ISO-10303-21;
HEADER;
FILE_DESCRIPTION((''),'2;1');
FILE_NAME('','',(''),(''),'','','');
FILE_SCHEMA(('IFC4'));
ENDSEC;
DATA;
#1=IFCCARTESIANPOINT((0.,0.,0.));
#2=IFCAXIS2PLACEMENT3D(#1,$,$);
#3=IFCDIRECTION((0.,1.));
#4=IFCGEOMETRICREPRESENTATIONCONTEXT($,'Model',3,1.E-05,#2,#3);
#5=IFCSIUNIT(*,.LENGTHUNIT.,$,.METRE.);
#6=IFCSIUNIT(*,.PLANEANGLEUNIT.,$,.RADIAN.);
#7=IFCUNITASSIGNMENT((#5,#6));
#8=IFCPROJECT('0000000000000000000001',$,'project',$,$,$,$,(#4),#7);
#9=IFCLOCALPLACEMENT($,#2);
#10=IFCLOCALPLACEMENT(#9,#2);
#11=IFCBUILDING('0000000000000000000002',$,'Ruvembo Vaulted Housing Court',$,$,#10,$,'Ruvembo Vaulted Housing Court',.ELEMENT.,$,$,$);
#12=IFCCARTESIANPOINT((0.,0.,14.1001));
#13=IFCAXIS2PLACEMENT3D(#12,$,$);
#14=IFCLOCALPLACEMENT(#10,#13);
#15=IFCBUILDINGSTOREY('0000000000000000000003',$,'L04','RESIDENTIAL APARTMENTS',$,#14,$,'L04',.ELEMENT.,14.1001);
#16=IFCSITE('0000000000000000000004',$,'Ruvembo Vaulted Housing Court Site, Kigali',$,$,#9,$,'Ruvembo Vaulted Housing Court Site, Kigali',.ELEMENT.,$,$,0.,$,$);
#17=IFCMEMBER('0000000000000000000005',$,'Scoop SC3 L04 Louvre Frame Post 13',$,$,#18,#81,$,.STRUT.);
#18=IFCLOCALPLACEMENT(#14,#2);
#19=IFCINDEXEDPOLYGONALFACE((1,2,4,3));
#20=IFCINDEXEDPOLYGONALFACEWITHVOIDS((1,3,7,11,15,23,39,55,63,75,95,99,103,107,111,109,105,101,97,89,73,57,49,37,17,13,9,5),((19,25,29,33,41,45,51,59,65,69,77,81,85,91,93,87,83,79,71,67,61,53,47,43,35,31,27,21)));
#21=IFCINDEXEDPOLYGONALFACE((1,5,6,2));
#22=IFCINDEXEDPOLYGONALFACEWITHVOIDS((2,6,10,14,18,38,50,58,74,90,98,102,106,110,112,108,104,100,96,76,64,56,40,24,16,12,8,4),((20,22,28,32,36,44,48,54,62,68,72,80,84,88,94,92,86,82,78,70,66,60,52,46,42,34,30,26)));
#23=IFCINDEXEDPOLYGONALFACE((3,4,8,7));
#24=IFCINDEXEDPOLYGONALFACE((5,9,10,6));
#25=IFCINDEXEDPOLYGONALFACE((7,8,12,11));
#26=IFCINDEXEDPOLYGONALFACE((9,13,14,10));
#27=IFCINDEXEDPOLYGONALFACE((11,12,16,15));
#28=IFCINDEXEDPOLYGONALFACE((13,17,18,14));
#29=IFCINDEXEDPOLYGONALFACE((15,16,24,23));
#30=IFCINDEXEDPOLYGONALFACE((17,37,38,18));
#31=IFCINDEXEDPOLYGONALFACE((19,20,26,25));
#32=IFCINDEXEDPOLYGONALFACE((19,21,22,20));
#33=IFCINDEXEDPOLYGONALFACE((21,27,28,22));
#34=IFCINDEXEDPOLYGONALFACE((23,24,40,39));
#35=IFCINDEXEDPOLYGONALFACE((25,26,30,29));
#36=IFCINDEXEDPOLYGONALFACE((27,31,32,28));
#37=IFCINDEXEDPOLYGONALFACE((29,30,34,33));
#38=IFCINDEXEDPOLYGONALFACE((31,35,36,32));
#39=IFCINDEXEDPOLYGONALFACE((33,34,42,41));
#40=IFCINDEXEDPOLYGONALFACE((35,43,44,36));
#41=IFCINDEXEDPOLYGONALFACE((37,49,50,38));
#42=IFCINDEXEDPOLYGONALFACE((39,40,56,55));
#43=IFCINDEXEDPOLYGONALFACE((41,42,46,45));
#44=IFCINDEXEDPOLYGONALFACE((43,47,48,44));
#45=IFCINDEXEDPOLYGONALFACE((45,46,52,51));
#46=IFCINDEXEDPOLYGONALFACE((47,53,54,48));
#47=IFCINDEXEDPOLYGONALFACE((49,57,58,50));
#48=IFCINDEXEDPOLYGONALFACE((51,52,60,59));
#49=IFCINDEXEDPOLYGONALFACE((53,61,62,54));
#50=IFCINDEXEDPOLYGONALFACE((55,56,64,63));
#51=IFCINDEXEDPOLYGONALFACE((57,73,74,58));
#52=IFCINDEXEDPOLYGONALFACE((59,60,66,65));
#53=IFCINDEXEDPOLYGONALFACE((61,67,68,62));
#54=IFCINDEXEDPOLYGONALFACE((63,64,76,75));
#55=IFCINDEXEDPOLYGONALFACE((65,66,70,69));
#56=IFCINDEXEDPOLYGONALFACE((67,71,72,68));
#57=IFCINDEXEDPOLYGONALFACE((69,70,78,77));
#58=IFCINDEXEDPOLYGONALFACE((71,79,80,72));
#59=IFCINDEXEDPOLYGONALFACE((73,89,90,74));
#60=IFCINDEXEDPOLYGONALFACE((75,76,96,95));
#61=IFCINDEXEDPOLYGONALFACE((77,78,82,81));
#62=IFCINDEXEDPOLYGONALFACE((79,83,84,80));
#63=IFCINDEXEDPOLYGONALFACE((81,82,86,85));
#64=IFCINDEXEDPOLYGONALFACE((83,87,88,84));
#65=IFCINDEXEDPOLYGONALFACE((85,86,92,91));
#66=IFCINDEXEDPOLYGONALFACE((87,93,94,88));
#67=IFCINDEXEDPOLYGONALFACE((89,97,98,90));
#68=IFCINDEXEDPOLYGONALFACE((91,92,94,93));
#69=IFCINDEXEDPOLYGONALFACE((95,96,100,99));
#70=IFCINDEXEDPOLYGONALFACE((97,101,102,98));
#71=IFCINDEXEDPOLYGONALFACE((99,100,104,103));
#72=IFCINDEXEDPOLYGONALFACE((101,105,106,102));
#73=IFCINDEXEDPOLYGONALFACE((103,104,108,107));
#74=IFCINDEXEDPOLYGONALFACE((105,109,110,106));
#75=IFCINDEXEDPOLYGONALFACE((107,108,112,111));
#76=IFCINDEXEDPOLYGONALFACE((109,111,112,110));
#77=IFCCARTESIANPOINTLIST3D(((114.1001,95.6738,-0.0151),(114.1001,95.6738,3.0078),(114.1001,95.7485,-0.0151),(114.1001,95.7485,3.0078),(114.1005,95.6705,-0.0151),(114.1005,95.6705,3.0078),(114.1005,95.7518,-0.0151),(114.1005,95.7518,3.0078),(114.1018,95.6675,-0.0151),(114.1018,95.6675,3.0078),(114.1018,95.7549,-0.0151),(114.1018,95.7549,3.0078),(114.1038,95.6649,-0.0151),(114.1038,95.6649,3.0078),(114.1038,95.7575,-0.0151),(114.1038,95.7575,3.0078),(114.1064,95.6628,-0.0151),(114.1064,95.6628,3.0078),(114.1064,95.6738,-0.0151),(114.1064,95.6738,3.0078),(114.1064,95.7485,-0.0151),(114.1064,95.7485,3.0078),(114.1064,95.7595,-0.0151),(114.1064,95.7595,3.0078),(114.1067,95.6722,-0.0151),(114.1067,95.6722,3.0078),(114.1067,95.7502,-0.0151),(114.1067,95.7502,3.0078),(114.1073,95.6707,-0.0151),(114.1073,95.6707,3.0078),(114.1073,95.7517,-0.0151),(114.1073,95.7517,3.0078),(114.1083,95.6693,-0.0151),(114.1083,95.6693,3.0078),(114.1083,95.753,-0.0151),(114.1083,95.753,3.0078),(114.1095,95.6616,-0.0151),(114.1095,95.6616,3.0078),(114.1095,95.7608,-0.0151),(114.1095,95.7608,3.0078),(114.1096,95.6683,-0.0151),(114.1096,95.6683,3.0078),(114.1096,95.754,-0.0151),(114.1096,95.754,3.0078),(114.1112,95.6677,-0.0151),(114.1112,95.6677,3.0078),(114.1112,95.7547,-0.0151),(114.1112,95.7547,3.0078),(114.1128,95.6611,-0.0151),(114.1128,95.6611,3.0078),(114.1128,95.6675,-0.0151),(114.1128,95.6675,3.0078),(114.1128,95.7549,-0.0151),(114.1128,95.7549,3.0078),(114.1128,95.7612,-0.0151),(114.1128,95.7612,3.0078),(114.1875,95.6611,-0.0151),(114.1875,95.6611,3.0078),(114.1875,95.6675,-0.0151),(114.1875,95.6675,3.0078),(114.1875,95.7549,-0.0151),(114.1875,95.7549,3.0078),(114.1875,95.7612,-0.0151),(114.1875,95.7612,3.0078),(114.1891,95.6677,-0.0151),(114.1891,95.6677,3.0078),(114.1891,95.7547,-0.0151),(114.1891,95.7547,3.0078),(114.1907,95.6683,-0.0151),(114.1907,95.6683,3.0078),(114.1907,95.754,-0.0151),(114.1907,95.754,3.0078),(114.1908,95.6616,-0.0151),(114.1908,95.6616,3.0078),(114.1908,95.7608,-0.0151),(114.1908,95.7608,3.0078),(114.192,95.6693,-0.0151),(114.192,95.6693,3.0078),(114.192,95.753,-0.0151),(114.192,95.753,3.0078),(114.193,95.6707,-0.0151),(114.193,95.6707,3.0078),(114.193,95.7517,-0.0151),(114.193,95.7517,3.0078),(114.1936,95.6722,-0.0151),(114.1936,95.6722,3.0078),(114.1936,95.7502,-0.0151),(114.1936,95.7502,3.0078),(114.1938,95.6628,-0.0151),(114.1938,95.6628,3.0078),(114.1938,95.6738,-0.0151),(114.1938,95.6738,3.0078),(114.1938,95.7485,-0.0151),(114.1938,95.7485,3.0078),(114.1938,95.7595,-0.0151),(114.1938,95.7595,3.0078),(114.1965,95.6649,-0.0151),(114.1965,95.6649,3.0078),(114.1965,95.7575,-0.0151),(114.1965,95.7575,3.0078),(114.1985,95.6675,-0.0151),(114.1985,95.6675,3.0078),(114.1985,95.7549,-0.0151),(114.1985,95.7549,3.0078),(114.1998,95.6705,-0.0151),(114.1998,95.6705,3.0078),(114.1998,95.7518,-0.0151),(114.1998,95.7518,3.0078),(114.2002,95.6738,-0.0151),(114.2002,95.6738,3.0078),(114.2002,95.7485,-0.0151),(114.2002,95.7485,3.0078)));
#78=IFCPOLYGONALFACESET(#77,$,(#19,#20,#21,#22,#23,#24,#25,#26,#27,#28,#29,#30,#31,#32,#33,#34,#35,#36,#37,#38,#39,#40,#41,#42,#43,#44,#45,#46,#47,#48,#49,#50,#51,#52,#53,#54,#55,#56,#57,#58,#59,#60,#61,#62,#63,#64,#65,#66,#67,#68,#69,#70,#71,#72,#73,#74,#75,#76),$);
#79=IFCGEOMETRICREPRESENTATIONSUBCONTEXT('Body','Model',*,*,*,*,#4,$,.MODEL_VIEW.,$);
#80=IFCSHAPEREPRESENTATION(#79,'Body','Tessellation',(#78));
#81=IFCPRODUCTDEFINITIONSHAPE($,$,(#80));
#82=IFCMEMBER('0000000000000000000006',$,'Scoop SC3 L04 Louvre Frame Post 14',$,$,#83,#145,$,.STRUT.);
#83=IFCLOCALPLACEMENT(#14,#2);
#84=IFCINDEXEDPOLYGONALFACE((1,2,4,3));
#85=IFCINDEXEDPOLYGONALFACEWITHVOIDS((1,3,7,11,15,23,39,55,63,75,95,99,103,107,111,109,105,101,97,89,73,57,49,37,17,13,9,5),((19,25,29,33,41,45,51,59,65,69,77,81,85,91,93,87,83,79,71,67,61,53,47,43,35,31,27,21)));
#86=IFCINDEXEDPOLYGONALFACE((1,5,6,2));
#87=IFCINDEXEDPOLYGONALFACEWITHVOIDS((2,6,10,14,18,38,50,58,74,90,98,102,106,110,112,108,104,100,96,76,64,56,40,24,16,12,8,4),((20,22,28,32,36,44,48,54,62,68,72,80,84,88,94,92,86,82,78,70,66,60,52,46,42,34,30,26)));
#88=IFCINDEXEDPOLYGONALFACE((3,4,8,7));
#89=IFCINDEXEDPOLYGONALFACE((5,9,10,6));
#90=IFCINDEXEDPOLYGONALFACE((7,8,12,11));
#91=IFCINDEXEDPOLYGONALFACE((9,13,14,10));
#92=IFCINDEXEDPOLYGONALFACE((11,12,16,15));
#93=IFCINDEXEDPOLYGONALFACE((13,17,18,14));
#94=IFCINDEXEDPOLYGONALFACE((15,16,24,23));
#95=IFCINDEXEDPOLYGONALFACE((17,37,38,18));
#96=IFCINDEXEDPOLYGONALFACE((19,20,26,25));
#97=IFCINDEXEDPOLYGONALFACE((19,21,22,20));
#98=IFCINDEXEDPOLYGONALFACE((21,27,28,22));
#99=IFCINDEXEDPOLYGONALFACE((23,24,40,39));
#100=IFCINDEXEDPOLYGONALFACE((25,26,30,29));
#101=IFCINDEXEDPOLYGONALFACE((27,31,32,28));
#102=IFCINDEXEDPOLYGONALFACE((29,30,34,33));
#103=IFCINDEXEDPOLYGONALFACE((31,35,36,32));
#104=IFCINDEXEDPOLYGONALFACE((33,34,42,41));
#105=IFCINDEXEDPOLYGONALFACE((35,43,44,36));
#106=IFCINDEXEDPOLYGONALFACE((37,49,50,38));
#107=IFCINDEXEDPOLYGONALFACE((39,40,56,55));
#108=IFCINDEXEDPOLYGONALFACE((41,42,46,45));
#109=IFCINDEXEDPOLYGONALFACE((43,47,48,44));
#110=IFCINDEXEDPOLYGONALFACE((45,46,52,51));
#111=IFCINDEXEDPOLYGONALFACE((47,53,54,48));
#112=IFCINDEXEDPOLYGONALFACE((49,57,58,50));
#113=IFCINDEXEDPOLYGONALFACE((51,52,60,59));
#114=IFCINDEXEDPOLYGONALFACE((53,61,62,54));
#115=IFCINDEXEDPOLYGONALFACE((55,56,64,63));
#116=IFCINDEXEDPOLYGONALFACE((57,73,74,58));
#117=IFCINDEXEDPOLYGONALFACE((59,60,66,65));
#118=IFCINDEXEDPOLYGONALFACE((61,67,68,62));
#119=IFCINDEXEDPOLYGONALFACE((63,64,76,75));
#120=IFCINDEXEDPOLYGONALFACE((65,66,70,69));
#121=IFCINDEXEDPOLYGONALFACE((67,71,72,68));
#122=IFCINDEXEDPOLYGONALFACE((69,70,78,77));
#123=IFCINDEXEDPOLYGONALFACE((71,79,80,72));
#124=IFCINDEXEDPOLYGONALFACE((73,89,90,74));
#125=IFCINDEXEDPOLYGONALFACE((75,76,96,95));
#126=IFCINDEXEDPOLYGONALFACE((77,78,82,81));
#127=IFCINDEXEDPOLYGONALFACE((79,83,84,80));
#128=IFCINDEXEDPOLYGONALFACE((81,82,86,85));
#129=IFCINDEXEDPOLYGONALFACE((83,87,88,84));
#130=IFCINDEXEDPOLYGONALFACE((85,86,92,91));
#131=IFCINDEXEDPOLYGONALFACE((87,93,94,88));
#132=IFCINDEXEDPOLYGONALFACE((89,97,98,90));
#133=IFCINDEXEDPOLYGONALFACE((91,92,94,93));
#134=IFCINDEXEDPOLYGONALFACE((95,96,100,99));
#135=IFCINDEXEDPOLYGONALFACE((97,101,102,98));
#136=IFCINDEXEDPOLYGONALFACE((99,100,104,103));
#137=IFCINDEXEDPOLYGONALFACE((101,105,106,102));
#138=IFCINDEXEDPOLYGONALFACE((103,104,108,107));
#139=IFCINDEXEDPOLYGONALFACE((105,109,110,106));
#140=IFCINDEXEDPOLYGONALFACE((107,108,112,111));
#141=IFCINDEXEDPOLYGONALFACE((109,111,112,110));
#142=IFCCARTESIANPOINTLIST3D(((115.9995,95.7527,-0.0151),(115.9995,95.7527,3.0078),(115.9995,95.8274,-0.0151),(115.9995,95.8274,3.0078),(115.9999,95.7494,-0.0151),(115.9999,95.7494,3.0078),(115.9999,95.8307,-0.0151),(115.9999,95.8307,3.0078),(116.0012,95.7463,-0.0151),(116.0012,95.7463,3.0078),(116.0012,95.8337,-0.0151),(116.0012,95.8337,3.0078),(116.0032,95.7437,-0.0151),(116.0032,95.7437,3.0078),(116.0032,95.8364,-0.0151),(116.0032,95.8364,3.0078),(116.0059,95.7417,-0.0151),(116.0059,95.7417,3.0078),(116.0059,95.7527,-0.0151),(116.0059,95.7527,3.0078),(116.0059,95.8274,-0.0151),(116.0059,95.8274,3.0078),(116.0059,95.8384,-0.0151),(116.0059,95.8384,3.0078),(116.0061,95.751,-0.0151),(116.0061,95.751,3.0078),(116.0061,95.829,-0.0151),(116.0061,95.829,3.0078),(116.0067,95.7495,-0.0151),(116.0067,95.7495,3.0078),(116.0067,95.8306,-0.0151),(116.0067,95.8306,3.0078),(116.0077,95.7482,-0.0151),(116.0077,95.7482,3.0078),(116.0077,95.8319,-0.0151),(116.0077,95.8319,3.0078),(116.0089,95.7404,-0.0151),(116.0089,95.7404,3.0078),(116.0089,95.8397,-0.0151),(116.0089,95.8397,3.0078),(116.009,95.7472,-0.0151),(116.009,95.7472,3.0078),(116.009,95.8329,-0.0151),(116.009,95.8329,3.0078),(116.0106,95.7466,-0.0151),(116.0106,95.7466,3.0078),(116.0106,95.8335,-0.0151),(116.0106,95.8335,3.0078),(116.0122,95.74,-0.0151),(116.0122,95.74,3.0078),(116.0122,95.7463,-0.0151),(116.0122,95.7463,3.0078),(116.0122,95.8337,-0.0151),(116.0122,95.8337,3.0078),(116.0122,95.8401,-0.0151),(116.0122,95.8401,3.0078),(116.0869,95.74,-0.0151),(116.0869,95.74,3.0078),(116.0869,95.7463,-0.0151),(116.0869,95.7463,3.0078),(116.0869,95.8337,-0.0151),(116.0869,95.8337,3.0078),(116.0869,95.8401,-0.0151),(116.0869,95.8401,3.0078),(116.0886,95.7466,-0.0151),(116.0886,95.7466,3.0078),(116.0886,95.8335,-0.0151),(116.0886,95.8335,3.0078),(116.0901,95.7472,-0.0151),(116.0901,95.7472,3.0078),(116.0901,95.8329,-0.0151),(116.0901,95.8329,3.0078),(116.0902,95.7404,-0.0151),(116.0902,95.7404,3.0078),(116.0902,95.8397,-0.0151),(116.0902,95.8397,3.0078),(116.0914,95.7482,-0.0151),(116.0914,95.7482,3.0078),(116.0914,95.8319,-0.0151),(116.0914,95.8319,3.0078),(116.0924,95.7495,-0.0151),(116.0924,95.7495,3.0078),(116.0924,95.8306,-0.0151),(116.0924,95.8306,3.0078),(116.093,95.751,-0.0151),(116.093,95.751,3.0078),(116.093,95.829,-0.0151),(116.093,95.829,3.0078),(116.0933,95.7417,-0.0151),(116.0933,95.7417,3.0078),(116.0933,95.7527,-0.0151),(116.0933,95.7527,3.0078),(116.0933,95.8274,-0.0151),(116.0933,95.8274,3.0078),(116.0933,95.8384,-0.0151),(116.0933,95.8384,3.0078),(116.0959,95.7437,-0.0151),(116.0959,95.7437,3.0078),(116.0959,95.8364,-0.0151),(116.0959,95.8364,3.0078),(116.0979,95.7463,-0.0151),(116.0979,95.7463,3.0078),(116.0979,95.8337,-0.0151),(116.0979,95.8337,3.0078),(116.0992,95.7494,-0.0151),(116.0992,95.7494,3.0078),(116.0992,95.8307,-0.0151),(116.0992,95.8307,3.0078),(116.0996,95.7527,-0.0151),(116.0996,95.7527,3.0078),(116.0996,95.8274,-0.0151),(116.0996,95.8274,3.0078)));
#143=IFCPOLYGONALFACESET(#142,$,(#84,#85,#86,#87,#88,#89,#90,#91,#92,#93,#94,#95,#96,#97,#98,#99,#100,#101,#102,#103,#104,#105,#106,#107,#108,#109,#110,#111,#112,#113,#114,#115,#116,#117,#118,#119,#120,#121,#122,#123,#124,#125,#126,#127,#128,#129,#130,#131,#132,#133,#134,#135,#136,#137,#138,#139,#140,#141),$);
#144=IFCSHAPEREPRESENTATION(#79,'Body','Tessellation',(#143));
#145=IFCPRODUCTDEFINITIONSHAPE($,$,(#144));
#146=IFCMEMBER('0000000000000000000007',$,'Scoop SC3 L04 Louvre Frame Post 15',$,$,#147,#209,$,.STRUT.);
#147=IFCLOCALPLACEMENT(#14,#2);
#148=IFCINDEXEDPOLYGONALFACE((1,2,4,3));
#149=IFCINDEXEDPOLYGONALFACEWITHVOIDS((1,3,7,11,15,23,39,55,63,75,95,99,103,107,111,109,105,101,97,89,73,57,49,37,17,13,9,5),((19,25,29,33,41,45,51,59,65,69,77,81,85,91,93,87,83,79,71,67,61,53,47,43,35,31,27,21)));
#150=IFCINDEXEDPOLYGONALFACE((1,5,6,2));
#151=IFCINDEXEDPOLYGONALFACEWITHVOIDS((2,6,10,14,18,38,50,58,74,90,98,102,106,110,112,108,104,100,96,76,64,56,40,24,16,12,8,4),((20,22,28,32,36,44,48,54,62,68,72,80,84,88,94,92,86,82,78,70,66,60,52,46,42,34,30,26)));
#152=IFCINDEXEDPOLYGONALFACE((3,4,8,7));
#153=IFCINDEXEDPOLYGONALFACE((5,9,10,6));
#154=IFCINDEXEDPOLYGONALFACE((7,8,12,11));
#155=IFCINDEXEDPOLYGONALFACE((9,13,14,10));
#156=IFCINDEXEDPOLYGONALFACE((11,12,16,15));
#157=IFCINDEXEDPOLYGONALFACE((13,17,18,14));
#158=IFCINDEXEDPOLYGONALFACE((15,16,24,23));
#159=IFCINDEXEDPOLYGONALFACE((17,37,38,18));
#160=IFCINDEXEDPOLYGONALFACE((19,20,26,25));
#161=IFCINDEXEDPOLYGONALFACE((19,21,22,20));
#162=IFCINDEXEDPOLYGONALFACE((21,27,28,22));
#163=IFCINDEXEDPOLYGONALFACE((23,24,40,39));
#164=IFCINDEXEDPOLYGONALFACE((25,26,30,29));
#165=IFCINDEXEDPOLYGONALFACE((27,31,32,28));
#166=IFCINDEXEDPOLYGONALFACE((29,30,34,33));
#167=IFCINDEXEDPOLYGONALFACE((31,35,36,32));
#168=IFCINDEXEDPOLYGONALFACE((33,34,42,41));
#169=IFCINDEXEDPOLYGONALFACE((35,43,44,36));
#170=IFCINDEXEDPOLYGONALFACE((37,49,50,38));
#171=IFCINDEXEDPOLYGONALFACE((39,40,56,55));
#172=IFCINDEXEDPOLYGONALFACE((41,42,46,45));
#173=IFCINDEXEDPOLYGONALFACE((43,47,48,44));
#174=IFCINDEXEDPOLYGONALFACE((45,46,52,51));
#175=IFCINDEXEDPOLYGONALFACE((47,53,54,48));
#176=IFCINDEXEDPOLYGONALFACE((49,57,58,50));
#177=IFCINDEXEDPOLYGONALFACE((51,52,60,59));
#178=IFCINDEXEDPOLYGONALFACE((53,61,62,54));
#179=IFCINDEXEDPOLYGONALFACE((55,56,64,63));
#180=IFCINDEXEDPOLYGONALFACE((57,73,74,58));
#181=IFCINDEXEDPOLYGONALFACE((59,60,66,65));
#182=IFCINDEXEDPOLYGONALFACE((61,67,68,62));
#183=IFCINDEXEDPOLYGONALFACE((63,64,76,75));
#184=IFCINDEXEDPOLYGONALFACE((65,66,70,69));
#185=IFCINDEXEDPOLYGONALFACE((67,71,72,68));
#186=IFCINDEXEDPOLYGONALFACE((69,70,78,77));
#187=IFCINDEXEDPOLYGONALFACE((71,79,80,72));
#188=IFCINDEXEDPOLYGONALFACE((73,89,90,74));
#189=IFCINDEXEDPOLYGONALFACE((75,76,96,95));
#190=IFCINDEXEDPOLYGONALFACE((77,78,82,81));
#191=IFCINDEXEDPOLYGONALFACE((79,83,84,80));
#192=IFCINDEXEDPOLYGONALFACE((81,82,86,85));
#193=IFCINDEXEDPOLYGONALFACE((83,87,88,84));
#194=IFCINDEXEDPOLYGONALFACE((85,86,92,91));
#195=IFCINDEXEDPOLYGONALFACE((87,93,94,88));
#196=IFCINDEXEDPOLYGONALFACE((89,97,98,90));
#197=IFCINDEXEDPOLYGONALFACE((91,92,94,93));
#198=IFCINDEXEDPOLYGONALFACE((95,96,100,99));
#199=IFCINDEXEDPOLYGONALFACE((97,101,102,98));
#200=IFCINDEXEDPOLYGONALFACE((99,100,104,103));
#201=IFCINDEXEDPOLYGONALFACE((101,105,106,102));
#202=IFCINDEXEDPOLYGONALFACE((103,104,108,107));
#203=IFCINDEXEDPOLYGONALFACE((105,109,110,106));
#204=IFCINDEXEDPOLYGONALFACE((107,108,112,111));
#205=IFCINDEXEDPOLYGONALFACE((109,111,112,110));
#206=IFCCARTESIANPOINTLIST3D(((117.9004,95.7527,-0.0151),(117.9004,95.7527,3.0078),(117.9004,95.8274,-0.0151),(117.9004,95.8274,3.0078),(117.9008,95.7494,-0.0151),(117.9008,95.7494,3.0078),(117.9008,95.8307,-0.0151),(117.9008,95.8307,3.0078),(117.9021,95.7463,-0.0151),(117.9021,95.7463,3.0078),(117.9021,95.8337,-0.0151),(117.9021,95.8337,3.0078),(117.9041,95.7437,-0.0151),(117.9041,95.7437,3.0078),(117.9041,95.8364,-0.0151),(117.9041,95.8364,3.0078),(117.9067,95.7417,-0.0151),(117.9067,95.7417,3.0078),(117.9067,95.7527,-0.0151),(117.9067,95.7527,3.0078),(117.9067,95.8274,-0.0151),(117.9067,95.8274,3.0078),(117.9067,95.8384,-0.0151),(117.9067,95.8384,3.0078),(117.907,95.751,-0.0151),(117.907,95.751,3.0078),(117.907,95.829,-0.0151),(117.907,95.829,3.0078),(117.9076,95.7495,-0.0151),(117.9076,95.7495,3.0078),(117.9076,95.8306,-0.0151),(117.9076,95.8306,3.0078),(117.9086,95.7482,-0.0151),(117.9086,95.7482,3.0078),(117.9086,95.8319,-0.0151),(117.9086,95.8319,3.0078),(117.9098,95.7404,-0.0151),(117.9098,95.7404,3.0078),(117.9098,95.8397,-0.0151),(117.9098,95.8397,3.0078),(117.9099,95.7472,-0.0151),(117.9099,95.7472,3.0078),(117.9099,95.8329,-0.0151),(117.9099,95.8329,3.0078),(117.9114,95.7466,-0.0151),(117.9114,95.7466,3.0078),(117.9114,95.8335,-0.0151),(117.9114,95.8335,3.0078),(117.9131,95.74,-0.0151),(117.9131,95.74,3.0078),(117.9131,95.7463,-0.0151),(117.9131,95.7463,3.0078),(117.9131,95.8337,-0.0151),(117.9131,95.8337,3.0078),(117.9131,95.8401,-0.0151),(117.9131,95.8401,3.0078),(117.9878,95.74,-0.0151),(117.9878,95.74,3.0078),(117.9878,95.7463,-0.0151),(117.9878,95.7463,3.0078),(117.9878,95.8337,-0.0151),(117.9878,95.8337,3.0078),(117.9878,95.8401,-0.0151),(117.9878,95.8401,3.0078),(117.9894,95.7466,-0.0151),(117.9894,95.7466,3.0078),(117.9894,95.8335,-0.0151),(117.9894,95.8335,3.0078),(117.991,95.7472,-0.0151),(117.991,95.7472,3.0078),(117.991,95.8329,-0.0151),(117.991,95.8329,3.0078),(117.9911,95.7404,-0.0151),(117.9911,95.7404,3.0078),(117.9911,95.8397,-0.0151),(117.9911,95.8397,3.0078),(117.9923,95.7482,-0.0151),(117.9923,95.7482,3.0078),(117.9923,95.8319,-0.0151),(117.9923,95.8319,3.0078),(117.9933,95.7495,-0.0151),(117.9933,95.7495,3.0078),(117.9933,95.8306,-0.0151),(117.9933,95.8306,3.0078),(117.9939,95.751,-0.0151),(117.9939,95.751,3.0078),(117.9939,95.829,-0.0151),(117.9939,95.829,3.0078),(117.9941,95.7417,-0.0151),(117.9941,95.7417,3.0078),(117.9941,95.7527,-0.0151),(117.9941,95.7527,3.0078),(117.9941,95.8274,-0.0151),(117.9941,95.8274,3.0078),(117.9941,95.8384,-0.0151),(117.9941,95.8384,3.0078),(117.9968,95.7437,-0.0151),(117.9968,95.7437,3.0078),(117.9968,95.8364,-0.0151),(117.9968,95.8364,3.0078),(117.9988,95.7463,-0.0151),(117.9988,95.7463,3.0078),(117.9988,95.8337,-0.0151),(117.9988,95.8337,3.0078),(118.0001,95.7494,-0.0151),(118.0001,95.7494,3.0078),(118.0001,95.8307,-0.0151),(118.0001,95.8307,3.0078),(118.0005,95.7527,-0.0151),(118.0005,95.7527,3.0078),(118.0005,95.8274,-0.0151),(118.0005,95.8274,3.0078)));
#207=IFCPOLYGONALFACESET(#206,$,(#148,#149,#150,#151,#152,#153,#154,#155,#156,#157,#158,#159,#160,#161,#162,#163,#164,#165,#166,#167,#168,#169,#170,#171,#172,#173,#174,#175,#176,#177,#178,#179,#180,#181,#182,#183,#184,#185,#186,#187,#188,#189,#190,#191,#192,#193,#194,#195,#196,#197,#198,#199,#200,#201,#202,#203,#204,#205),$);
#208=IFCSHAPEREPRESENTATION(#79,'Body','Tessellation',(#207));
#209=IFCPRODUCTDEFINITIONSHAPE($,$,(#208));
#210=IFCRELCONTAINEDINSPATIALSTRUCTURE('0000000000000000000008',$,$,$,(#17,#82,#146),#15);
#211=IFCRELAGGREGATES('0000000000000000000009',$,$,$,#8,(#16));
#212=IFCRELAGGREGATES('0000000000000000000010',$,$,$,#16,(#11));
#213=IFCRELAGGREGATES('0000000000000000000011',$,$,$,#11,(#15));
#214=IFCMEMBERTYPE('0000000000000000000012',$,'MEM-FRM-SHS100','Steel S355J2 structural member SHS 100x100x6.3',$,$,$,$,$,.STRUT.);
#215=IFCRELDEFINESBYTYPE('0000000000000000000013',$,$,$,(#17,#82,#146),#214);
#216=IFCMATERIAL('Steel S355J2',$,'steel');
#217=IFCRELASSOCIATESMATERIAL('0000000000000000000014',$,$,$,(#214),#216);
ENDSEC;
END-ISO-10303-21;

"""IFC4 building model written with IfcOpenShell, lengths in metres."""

from ifc_helpers import new_model, si_unit, direction, frame, origin, origin_2d, place, context, subcontext, project, spatial, hollow_rectangle, extrude, material, material_profile, profile_set, type_object, element, save


model = new_model("IFC4")

# Units and contexts
model_context = context("Model", 3, precision=1e-05, world=origin(), true_north=direction((0.0, 1.0)))
body_context = subcontext(model_context, "Body", "Model", "MODEL_VIEW")
ifc_project = project(units=[si_unit("LENGTHUNIT", "METRE"), si_unit("PLANEANGLEUNIT", "RADIAN")], contexts=[model_context])

# Site, building, storey
site_placement = place(None, origin())
site = spatial("IfcSite", under=ifc_project, at=site_placement, Name="Ruvembo Vaulted Housing Court Site, Kigali", LongName="Ruvembo Vaulted Housing Court Site, Kigali", CompositionType="ELEMENT", RefElevation=0.0)
building_placement = place(site_placement, origin())
building = spatial("IfcBuilding", under=site, at=building_placement, Name="Ruvembo Vaulted Housing Court", LongName="Ruvembo Vaulted Housing Court", CompositionType="ELEMENT")
storey_placement = place(building_placement, frame((0.0, 0.0, 14.1001)))
storey = spatial("IfcBuildingStorey", under=building, at=storey_placement, Name="L04", Description="RESIDENTIAL APARTMENTS", LongName="L04", CompositionType="ELEMENT", Elevation=14.1001)

# Shared definitions
ifc_material_1 = material(Name="Steel S355J2", Category="steel")

# Members
ifc_material_profile_1 = material_profile(ifc_material_1, hollow_rectangle(XDim=0.1001, YDim=0.1001, WallThickness=0.0063, InnerFilletRadius=0.0063, OuterFilletRadius=0.0127, at=origin_2d()), Name="SHS 100x100x6.3")
ifc_profile_set_1 = profile_set([ifc_material_profile_1], Name="Steel S355J2")
member_type_1 = type_object("IfcMemberType", Name="MEM-FRM-SHS100", Description="Steel S355J2 structural member SHS 100x100x6.3", PredefinedType="STRUT", material=ifc_profile_set_1)
for number, where, z_axis, x_axis, name in (
    (1, (114.1501, 95.7112, -0.0151), (0.0, 0.0, 1.0), (1.0, 0.0, 0.0), "Scoop SC3 L04 Louvre Frame Post 13"),
    (2, (116.0496, 95.79, -0.0151), (0.0, 0.0, 1.0), (1.0, 0.0, 0.0), "Scoop SC3 L04 Louvre Frame Post 14"),
    (3, (117.9504, 95.79, -0.0151), (0.0, 0.0, 1.0), (1.0, 0.0, 0.0), "Scoop SC3 L04 Louvre Frame Post 15"),
):
    element("IfcMember", number, at=place(storey_placement, frame(where, z_axis=z_axis, x_axis=x_axis)), inside=storey, type_object=member_type_1, Name=name, PredefinedType="STRUT", context=body_context, shape_type="SweptSolid", body=[
        extrude(hollow_rectangle(XDim=0.1001, YDim=0.1001, WallThickness=0.0063, InnerFilletRadius=0.0063, OuterFilletRadius=0.0127, at=origin_2d()), origin(), (0.0, 0.0, 1.0), 3.0229),
    ])

save(model, "model.ifc")
